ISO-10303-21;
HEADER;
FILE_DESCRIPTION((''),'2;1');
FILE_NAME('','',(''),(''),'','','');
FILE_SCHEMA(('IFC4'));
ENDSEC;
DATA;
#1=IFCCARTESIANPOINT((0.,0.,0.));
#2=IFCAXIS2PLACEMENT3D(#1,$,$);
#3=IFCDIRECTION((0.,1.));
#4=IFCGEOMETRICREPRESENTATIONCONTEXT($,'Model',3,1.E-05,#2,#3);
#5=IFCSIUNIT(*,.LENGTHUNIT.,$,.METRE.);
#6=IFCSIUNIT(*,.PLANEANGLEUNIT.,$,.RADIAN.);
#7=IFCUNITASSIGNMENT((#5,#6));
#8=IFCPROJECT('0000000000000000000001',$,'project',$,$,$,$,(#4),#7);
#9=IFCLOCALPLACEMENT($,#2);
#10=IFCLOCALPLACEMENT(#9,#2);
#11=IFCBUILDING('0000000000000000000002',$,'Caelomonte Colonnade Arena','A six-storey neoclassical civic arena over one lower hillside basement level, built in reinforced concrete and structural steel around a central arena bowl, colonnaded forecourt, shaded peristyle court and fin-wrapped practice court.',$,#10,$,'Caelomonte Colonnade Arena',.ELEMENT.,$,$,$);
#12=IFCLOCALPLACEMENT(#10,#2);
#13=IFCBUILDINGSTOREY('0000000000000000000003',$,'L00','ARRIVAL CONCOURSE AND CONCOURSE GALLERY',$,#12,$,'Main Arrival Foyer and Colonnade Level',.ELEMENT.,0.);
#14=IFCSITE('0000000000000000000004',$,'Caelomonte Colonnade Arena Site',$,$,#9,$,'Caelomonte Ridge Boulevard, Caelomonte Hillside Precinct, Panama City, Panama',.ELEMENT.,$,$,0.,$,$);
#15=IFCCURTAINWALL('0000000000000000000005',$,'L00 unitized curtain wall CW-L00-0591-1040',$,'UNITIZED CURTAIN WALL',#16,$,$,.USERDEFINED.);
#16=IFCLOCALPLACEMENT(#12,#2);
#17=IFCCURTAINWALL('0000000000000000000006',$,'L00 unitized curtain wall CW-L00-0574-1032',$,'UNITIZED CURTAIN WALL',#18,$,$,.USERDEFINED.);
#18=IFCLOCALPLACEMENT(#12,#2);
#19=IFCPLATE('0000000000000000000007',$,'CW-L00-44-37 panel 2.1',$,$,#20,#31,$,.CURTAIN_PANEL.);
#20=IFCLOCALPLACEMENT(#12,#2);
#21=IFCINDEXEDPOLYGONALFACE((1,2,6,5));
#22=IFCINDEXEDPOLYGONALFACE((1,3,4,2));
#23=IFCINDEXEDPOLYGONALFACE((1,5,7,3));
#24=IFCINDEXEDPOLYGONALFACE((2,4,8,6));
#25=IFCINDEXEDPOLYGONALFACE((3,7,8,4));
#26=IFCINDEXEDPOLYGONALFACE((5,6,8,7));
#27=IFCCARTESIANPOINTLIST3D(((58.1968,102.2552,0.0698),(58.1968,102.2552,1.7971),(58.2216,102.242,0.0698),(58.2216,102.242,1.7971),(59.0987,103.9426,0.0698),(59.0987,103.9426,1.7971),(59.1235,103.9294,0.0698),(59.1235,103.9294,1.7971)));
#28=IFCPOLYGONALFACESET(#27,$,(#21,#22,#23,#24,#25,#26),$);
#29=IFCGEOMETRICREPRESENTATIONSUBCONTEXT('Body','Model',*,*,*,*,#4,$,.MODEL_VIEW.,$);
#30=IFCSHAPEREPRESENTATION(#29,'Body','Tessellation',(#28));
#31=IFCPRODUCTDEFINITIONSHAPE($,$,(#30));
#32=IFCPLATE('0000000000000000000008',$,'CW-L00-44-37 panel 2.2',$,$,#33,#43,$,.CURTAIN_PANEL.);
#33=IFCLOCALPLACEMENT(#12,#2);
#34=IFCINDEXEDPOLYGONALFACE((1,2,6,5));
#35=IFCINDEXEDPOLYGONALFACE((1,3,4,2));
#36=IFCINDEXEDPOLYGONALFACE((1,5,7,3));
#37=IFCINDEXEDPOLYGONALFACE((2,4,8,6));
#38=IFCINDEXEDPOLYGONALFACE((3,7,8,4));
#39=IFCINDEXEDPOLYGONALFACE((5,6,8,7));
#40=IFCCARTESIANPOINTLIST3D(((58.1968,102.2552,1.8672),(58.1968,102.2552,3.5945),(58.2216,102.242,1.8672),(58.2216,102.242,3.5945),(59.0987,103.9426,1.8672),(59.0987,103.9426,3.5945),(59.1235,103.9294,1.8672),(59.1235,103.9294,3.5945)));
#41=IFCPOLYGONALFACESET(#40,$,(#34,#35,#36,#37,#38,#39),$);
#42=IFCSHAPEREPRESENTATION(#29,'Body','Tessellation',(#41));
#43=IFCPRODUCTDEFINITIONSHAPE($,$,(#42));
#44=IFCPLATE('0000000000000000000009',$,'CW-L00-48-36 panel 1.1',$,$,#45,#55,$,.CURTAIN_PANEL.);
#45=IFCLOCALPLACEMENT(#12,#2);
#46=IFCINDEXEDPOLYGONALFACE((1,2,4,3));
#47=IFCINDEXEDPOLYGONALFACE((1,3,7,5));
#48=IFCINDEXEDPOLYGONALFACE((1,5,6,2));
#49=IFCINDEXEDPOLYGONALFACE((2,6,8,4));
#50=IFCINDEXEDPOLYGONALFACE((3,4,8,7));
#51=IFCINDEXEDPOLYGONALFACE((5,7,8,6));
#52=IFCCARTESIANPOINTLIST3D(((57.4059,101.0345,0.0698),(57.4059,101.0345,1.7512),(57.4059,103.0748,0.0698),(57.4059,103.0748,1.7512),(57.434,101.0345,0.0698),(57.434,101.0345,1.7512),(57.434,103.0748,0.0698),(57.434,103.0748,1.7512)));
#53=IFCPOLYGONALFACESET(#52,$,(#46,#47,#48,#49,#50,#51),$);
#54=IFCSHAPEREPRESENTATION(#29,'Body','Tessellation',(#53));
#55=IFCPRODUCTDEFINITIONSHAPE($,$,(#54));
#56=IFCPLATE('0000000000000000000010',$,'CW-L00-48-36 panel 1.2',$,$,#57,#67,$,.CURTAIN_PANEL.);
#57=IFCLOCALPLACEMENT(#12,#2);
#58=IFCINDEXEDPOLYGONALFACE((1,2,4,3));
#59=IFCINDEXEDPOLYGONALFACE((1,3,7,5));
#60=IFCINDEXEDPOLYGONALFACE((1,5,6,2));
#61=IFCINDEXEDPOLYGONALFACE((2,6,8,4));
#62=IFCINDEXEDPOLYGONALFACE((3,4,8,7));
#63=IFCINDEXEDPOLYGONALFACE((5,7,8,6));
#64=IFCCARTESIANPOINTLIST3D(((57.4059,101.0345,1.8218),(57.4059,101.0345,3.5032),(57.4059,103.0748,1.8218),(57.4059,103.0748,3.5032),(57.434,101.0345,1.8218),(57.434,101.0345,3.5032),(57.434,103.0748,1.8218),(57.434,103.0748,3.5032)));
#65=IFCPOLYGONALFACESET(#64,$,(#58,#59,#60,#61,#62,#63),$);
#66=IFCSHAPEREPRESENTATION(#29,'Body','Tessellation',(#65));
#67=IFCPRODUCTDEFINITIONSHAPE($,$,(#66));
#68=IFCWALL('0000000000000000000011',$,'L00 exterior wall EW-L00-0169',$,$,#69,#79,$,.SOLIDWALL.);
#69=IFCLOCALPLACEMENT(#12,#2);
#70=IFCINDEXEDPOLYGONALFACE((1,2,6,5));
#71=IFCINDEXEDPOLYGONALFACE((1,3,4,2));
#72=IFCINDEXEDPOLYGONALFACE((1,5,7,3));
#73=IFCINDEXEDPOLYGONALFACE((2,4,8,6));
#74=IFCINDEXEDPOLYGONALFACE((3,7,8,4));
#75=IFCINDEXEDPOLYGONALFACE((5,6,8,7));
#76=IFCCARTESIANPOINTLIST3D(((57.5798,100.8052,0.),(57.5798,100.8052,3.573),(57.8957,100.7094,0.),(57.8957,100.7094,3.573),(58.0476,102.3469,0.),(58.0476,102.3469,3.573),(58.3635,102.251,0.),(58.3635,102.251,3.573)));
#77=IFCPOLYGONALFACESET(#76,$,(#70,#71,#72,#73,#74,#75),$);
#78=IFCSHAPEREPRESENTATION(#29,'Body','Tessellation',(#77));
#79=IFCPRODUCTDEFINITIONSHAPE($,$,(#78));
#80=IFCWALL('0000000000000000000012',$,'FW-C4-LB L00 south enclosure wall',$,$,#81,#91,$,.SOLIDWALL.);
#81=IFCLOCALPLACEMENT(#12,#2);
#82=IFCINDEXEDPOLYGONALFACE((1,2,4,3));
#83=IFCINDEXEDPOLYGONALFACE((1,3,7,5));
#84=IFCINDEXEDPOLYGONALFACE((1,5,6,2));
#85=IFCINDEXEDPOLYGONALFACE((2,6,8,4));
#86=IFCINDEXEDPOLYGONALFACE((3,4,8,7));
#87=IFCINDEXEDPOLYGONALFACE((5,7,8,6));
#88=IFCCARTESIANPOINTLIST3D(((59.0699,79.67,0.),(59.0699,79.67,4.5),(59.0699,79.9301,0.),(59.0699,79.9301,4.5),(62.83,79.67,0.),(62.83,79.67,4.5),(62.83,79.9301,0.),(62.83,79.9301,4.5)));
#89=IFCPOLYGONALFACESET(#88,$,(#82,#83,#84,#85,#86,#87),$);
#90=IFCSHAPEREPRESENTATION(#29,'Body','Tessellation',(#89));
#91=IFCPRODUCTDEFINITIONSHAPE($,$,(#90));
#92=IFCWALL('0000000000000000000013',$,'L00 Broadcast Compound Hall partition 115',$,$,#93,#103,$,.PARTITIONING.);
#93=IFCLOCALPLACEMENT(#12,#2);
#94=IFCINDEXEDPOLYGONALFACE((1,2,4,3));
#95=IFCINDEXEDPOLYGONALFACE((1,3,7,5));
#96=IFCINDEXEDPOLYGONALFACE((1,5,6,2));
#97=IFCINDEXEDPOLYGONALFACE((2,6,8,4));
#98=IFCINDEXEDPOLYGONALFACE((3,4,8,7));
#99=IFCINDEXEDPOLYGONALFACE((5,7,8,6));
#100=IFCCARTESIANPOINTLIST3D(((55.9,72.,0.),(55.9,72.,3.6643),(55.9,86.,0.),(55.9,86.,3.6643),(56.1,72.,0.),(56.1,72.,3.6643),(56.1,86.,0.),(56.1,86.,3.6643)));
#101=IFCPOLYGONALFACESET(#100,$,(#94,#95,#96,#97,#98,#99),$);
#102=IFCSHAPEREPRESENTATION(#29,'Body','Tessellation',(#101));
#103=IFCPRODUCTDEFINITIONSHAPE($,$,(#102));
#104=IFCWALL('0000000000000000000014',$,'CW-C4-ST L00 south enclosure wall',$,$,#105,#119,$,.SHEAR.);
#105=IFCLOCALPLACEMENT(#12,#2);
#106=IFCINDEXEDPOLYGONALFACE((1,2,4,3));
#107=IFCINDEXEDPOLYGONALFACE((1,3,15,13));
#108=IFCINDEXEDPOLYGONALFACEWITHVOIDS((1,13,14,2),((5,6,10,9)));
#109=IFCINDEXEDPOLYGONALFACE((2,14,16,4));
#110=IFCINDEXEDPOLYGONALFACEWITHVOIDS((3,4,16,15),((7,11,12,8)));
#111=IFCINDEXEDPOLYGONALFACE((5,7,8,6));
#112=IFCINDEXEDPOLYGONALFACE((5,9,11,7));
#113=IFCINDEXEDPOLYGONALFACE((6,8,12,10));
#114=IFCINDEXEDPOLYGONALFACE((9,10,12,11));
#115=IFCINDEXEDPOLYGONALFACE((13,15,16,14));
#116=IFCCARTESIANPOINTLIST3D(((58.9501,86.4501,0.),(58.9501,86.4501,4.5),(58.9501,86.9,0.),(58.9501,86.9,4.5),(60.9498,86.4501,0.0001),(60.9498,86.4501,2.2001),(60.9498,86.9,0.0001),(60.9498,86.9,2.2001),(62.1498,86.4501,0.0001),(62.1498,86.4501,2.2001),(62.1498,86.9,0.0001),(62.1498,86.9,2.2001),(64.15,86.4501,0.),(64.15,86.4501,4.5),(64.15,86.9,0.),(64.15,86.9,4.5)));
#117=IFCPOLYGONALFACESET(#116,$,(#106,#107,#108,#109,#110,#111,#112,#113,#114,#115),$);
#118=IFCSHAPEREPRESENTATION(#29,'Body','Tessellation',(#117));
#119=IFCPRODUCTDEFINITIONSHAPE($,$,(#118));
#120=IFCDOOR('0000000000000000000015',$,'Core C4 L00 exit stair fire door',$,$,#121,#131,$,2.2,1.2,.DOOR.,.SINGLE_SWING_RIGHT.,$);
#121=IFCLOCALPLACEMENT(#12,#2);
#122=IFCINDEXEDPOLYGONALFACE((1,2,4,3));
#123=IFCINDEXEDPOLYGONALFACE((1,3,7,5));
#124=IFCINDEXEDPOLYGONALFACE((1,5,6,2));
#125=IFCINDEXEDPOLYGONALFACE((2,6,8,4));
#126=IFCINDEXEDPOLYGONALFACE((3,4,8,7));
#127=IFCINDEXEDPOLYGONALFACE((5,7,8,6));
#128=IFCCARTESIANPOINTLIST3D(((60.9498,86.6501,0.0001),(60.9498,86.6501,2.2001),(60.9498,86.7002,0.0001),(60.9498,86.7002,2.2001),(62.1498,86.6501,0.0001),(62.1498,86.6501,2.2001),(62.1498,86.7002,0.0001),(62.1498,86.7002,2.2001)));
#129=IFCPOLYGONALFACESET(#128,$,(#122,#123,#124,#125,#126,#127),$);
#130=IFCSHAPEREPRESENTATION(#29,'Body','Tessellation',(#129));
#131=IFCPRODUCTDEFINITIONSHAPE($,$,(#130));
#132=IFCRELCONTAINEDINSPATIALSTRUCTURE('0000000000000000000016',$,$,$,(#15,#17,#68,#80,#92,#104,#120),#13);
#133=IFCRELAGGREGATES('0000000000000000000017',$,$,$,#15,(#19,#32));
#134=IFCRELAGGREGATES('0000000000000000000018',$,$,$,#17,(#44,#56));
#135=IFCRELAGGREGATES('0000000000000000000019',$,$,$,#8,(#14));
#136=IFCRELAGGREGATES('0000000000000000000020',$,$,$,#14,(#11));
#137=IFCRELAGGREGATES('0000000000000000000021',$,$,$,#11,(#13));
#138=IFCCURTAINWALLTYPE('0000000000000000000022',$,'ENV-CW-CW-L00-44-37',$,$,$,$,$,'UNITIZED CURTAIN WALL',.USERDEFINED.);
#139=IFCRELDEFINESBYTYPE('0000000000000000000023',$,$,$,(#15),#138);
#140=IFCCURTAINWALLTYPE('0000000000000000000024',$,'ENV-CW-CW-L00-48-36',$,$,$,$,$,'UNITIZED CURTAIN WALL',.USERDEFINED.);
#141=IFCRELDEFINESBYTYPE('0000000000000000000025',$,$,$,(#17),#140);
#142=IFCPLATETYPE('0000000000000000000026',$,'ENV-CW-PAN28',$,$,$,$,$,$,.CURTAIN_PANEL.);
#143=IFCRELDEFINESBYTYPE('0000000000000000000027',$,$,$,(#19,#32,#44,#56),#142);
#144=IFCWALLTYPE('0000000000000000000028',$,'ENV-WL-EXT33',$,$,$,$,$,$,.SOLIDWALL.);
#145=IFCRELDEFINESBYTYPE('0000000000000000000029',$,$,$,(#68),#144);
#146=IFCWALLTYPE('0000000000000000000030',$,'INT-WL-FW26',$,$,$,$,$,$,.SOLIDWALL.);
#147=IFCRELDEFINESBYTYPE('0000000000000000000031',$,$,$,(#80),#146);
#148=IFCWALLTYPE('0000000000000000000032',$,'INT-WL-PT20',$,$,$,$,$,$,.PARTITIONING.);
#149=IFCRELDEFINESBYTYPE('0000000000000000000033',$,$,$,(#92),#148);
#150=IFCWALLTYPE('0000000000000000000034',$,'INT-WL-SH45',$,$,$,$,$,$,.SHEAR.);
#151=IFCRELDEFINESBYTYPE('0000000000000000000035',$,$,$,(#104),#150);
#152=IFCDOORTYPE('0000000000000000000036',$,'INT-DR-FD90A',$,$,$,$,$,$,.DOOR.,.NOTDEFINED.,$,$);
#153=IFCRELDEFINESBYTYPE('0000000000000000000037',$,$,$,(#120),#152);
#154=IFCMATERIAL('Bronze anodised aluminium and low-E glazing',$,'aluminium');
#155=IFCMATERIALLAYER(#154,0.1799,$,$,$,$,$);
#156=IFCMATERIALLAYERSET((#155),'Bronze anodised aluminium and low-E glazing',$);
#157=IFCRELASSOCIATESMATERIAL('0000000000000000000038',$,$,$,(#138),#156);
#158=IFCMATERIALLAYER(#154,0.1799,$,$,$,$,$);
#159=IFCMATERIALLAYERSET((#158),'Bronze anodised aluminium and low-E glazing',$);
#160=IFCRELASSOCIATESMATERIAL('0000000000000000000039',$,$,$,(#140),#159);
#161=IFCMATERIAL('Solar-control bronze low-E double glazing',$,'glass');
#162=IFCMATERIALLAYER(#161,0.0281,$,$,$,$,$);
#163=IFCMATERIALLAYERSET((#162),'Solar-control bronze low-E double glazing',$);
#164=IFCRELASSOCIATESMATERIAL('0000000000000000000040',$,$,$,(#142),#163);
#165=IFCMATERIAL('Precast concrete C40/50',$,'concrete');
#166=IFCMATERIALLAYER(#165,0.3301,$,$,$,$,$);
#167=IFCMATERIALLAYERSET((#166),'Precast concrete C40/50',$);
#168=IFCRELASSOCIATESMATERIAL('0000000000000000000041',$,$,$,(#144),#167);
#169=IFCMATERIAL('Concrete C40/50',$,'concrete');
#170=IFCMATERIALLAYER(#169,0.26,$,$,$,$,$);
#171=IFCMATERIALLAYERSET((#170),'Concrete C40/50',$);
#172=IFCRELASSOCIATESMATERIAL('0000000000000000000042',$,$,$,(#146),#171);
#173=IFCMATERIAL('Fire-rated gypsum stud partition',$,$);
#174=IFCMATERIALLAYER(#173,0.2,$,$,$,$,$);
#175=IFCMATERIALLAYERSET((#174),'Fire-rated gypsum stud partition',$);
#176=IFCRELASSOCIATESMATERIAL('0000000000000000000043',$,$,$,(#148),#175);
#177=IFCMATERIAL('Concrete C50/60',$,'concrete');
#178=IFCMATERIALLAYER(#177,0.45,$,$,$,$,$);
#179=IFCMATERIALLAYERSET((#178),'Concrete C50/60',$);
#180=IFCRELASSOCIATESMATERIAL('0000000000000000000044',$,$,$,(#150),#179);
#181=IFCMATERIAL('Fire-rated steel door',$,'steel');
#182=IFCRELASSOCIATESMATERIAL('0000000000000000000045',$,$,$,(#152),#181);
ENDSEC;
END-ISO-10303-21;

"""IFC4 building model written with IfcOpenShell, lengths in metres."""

from ifc_helpers import new_model, si_unit, direction, frame, frame_2d, origin, origin_2d, place, context, subcontext, project, spatial, rectangle, extrude, material, layer, layer_set, type_object, element, fill, aggregate, save


model = new_model("IFC4")

# Units and contexts
model_context = context("Model", 3, precision=1e-05, world=origin(), true_north=direction((0.0, 1.0)))
body_context = subcontext(model_context, "Body", "Model", "MODEL_VIEW")
ifc_project = project(units=[si_unit("LENGTHUNIT", "METRE"), si_unit("PLANEANGLEUNIT", "RADIAN")], contexts=[model_context])

# Site, building, storey
site_placement = place(None, origin())
site = spatial("IfcSite", under=ifc_project, at=site_placement, Name="Caelomonte Colonnade Arena Site", LongName="Caelomonte Ridge Boulevard, Caelomonte Hillside Precinct, Panama City, Panama", CompositionType="ELEMENT", RefElevation=0.0)
building_placement = place(site_placement, origin())
building = spatial("IfcBuilding", under=site, at=building_placement, Name="Caelomonte Colonnade Arena", Description="A six-storey neoclassical civic arena over one lower hillside basement level, built in reinforced concrete and structural steel around a central arena bowl, colonnaded forecourt, shaded peristyle court and fin-wrapped practice court.", LongName="Caelomonte Colonnade Arena", CompositionType="ELEMENT")
storey_placement = place(building_placement, origin())
storey = spatial("IfcBuildingStorey", under=building, at=storey_placement, Name="L00", Description="ARRIVAL CONCOURSE AND CONCOURSE GALLERY", LongName="Main Arrival Foyer and Colonnade Level", CompositionType="ELEMENT", Elevation=0.0)

# Curtain wall
ifc_material_1 = material(Name="Bronze anodised aluminium and low-E glazing", Category="aluminium")
ifc_layer_1 = layer(ifc_material_1, 0.1799)
ifc_layer_set_1 = layer_set([ifc_layer_1], Name="Bronze anodised aluminium and low-E glazing")
curtain_wall_type_1 = type_object("IfcCurtainWallType", Name="ENV-CW-CW-L00-44-37", ElementType="UNITIZED CURTAIN WALL", PredefinedType="USERDEFINED", material=ifc_layer_set_1)
curtain_wall_1_placement = place(storey_placement, origin())
curtain_wall_1 = element("IfcCurtainWall", 1, at=curtain_wall_1_placement, inside=storey, type_object=curtain_wall_type_1, Name="L00 unitized curtain wall CW-L00-0591-1040", ObjectType="UNITIZED CURTAIN WALL", PredefinedType="USERDEFINED")

# Curtain wall
ifc_layer_2 = layer(ifc_material_1, 0.1799)
ifc_layer_set_2 = layer_set([ifc_layer_2], Name="Bronze anodised aluminium and low-E glazing")
curtain_wall_type_2 = type_object("IfcCurtainWallType", Name="ENV-CW-CW-L00-48-36", ElementType="UNITIZED CURTAIN WALL", PredefinedType="USERDEFINED", material=ifc_layer_set_2)
curtain_wall_2_placement = place(storey_placement, origin())
curtain_wall_2 = element("IfcCurtainWall", 2, at=curtain_wall_2_placement, inside=storey, type_object=curtain_wall_type_2, Name="L00 unitized curtain wall CW-L00-0574-1032", ObjectType="UNITIZED CURTAIN WALL", PredefinedType="USERDEFINED")

# Plates
ifc_material_2 = material(Name="Solar-control bronze low-E double glazing", Category="glass")
ifc_layer_3 = layer(ifc_material_2, 0.0281)
ifc_layer_set_3 = layer_set([ifc_layer_3], Name="Solar-control bronze low-E double glazing")
plate_type = type_object("IfcPlateType", Name="ENV-CW-PAN28", PredefinedType="CURTAIN_PANEL", material=ifc_layer_set_3)
plate_1_placement = place(storey_placement, frame((58.6602, 103.0923, 0.0698), z_axis=(0.0, 0.0, 1.0), x_axis=(-0.471394, -0.881923, 0.0)))
plate_1 = element("IfcPlate", 3, at=plate_1_placement, type_object=plate_type, Name="CW-L00-44-37 panel 2.1", PredefinedType="CURTAIN_PANEL", context=body_context, shape_type="SweptSolid", body=[
    extrude(rectangle(XDim=1.9133, YDim=0.0281, at=origin_2d()), origin(), (0.0, 0.0, 1.0), 1.7273),
])
plate_2_placement = place(storey_placement, frame((58.6602, 103.0923, 1.8672), z_axis=(0.0, 0.0, 1.0), x_axis=(-0.471394, -0.881923, 0.0)))
plate_2 = element("IfcPlate", 4, at=plate_2_placement, type_object=plate_type, Name="CW-L00-44-37 panel 2.2", PredefinedType="CURTAIN_PANEL", context=body_context, shape_type="SweptSolid", body=[
    extrude(rectangle(XDim=1.9133, YDim=0.0281, at=origin_2d()), origin(), (0.0, 0.0, 1.0), 1.7273),
])
aggregate(curtain_wall_1, [plate_1, plate_2])
plate_3_placement = place(storey_placement, frame((57.4199, 102.0547, 0.0698), z_axis=(0.0, 0.0, 1.0), x_axis=(0.0, 1.0, 0.0)))
plate_3 = element("IfcPlate", 5, at=plate_3_placement, type_object=plate_type, Name="CW-L00-48-36 panel 1.1", PredefinedType="CURTAIN_PANEL", context=body_context, shape_type="SweptSolid", body=[
    extrude(rectangle(XDim=2.0403, YDim=0.0281, at=origin_2d()), origin(), (0.0, 0.0, 1.0), 1.6814),
])
plate_4_placement = place(storey_placement, frame((57.4199, 102.0547, 1.8218), z_axis=(0.0, 0.0, 1.0), x_axis=(0.0, 1.0, 0.0)))
plate_4 = element("IfcPlate", 6, at=plate_4_placement, type_object=plate_type, Name="CW-L00-48-36 panel 1.2", PredefinedType="CURTAIN_PANEL", context=body_context, shape_type="SweptSolid", body=[
    extrude(rectangle(XDim=2.0403, YDim=0.0281, at=origin_2d()), origin(), (0.0, 0.0, 1.0), 1.6814),
])
aggregate(curtain_wall_2, [plate_3, plate_4])

# Walls
ifc_material_3 = material(Name="Precast concrete C40/50", Category="concrete")
ifc_layer_4 = layer(ifc_material_3, 0.3301)
ifc_layer_set_4 = layer_set([ifc_layer_4], Name="Precast concrete C40/50")
wall_type_1 = type_object("IfcWallType", Name="ENV-WL-EXT33", PredefinedType="SOLIDWALL", material=ifc_layer_set_4)
wall_1_placement = place(storey_placement, frame((58.2056, 102.2991, 0.0), z_axis=(0.0, 0.0, 1.0), x_axis=(-0.290335, -0.956925, 0.0)))
element("IfcWall", 7, at=wall_1_placement, inside=storey, type_object=wall_type_1, Name="L00 exterior wall EW-L00-0169", PredefinedType="SOLIDWALL", context=body_context, shape_type="SweptSolid", body=[
    extrude(rectangle(XDim=1.6111, YDim=0.3301, at=frame_2d((0.8057, 0.0))), origin(), (0.0, 0.0, 1.0), 3.573),
])
ifc_material_4 = material(Name="Concrete C40/50", Category="concrete")
ifc_layer_5 = layer(ifc_material_4, 0.26)
ifc_layer_set_5 = layer_set([ifc_layer_5], Name="Concrete C40/50")
wall_type_2 = type_object("IfcWallType", Name="INT-WL-FW26", PredefinedType="SOLIDWALL", material=ifc_layer_set_5)
wall_2_placement = place(storey_placement, frame((59.0701, 79.8, 0.0), z_axis=(0.0, 0.0, 1.0), x_axis=(1.0, 0.0, 0.0)))
element("IfcWall", 8, at=wall_2_placement, inside=storey, type_object=wall_type_2, Name="FW-C4-LB L00 south enclosure wall", PredefinedType="SOLIDWALL", context=body_context, shape_type="SweptSolid", body=[
    extrude(rectangle(XDim=3.76, YDim=0.26, at=frame_2d((1.8799, 0.0))), origin(), (0.0, 0.0, 1.0), 4.5),
])
ifc_material_5 = material(Name="Fire-rated gypsum stud partition")
ifc_layer_6 = layer(ifc_material_5, 0.2)
ifc_layer_set_6 = layer_set([ifc_layer_6], Name="Fire-rated gypsum stud partition")
wall_type_3 = type_object("IfcWallType", Name="INT-WL-PT20", PredefinedType="PARTITIONING", material=ifc_layer_set_6)
wall_3_placement = place(storey_placement, frame((56.0, 86.0, 0.0), z_axis=(0.0, 0.0, 1.0), x_axis=(0.0, -1.0, 0.0)))
element("IfcWall", 9, at=wall_3_placement, inside=storey, type_object=wall_type_3, Name="L00 Broadcast Compound Hall partition 115", PredefinedType="PARTITIONING", context=body_context, shape_type="SweptSolid", body=[
    extrude(rectangle(XDim=14.0, YDim=0.2, at=frame_2d((7.0, 0.0))), origin(), (0.0, 0.0, 1.0), 3.6643),
])

# Wall, opening, door
ifc_material_6 = material(Name="Concrete C50/60", Category="concrete")
ifc_layer_7 = layer(ifc_material_6, 0.45)
ifc_layer_set_7 = layer_set([ifc_layer_7], Name="Concrete C50/60")
wall_type_4 = type_object("IfcWallType", Name="INT-WL-SH45", PredefinedType="SHEAR", material=ifc_layer_set_7)
wall_4_placement = place(storey_placement, frame((58.95, 86.675, 0.0), z_axis=(0.0, 0.0, 1.0), x_axis=(1.0, 0.0, 0.0)))
wall_4 = element("IfcWall", 10, at=wall_4_placement, inside=storey, type_object=wall_type_4, Name="CW-C4-ST L00 south enclosure wall", PredefinedType="SHEAR", context=body_context, shape_type="SweptSolid", body=[
    extrude(rectangle(XDim=5.2, YDim=0.45, at=frame_2d((2.6001, 0.0))), origin(), (0.0, 0.0, 1.0), 4.5),
])
opening_placement = place(wall_4_placement, frame((3.2, 0.0, 0.0), z_axis=(0.0, 0.0, 1.0), x_axis=(-1.0, 0.0, 0.0)))
opening = element("IfcOpeningElement", 11, at=opening_placement, cuts=wall_4, PredefinedType="OPENING", context=body_context, shape_type="SweptSolid", body=[
    extrude(rectangle(XDim=1.2, YDim=2.2, at=frame_2d((0.6001, 1.1001))), frame((0.0, 0.2349, 0.0), z_axis=(0.0, -1.0, 0.0), x_axis=(1.0, 0.0, 0.0)), (0.0, 0.0, 1.0), 0.47),
])
ifc_material_7 = material(Name="Fire-rated steel door", Category="steel")
door_type = type_object("IfcDoorType", Name="INT-DR-FD90A", OperationType="NOTDEFINED", PredefinedType="DOOR", material=ifc_material_7)
door_placement = place(opening_placement, origin())
door = element("IfcDoor", 12, at=door_placement, inside=storey, type_object=door_type, Name="Core C4 L00 exit stair fire door", OperationType="SINGLE_SWING_RIGHT", OverallHeight=2.2, OverallWidth=1.2, PredefinedType="DOOR", context=body_context, shape_type="SweptSolid", body=[
    extrude(rectangle(XDim=1.2, YDim=2.2, at=frame_2d((0.6001, 1.1001))), frame((0.0, 0.0249, 0.0), z_axis=(0.0, -1.0, 0.0), x_axis=(1.0, 0.0, 0.0)), (0.0, 0.0, 1.0), 0.05),
])
fill(opening, door)

save(model, "model.ifc")
